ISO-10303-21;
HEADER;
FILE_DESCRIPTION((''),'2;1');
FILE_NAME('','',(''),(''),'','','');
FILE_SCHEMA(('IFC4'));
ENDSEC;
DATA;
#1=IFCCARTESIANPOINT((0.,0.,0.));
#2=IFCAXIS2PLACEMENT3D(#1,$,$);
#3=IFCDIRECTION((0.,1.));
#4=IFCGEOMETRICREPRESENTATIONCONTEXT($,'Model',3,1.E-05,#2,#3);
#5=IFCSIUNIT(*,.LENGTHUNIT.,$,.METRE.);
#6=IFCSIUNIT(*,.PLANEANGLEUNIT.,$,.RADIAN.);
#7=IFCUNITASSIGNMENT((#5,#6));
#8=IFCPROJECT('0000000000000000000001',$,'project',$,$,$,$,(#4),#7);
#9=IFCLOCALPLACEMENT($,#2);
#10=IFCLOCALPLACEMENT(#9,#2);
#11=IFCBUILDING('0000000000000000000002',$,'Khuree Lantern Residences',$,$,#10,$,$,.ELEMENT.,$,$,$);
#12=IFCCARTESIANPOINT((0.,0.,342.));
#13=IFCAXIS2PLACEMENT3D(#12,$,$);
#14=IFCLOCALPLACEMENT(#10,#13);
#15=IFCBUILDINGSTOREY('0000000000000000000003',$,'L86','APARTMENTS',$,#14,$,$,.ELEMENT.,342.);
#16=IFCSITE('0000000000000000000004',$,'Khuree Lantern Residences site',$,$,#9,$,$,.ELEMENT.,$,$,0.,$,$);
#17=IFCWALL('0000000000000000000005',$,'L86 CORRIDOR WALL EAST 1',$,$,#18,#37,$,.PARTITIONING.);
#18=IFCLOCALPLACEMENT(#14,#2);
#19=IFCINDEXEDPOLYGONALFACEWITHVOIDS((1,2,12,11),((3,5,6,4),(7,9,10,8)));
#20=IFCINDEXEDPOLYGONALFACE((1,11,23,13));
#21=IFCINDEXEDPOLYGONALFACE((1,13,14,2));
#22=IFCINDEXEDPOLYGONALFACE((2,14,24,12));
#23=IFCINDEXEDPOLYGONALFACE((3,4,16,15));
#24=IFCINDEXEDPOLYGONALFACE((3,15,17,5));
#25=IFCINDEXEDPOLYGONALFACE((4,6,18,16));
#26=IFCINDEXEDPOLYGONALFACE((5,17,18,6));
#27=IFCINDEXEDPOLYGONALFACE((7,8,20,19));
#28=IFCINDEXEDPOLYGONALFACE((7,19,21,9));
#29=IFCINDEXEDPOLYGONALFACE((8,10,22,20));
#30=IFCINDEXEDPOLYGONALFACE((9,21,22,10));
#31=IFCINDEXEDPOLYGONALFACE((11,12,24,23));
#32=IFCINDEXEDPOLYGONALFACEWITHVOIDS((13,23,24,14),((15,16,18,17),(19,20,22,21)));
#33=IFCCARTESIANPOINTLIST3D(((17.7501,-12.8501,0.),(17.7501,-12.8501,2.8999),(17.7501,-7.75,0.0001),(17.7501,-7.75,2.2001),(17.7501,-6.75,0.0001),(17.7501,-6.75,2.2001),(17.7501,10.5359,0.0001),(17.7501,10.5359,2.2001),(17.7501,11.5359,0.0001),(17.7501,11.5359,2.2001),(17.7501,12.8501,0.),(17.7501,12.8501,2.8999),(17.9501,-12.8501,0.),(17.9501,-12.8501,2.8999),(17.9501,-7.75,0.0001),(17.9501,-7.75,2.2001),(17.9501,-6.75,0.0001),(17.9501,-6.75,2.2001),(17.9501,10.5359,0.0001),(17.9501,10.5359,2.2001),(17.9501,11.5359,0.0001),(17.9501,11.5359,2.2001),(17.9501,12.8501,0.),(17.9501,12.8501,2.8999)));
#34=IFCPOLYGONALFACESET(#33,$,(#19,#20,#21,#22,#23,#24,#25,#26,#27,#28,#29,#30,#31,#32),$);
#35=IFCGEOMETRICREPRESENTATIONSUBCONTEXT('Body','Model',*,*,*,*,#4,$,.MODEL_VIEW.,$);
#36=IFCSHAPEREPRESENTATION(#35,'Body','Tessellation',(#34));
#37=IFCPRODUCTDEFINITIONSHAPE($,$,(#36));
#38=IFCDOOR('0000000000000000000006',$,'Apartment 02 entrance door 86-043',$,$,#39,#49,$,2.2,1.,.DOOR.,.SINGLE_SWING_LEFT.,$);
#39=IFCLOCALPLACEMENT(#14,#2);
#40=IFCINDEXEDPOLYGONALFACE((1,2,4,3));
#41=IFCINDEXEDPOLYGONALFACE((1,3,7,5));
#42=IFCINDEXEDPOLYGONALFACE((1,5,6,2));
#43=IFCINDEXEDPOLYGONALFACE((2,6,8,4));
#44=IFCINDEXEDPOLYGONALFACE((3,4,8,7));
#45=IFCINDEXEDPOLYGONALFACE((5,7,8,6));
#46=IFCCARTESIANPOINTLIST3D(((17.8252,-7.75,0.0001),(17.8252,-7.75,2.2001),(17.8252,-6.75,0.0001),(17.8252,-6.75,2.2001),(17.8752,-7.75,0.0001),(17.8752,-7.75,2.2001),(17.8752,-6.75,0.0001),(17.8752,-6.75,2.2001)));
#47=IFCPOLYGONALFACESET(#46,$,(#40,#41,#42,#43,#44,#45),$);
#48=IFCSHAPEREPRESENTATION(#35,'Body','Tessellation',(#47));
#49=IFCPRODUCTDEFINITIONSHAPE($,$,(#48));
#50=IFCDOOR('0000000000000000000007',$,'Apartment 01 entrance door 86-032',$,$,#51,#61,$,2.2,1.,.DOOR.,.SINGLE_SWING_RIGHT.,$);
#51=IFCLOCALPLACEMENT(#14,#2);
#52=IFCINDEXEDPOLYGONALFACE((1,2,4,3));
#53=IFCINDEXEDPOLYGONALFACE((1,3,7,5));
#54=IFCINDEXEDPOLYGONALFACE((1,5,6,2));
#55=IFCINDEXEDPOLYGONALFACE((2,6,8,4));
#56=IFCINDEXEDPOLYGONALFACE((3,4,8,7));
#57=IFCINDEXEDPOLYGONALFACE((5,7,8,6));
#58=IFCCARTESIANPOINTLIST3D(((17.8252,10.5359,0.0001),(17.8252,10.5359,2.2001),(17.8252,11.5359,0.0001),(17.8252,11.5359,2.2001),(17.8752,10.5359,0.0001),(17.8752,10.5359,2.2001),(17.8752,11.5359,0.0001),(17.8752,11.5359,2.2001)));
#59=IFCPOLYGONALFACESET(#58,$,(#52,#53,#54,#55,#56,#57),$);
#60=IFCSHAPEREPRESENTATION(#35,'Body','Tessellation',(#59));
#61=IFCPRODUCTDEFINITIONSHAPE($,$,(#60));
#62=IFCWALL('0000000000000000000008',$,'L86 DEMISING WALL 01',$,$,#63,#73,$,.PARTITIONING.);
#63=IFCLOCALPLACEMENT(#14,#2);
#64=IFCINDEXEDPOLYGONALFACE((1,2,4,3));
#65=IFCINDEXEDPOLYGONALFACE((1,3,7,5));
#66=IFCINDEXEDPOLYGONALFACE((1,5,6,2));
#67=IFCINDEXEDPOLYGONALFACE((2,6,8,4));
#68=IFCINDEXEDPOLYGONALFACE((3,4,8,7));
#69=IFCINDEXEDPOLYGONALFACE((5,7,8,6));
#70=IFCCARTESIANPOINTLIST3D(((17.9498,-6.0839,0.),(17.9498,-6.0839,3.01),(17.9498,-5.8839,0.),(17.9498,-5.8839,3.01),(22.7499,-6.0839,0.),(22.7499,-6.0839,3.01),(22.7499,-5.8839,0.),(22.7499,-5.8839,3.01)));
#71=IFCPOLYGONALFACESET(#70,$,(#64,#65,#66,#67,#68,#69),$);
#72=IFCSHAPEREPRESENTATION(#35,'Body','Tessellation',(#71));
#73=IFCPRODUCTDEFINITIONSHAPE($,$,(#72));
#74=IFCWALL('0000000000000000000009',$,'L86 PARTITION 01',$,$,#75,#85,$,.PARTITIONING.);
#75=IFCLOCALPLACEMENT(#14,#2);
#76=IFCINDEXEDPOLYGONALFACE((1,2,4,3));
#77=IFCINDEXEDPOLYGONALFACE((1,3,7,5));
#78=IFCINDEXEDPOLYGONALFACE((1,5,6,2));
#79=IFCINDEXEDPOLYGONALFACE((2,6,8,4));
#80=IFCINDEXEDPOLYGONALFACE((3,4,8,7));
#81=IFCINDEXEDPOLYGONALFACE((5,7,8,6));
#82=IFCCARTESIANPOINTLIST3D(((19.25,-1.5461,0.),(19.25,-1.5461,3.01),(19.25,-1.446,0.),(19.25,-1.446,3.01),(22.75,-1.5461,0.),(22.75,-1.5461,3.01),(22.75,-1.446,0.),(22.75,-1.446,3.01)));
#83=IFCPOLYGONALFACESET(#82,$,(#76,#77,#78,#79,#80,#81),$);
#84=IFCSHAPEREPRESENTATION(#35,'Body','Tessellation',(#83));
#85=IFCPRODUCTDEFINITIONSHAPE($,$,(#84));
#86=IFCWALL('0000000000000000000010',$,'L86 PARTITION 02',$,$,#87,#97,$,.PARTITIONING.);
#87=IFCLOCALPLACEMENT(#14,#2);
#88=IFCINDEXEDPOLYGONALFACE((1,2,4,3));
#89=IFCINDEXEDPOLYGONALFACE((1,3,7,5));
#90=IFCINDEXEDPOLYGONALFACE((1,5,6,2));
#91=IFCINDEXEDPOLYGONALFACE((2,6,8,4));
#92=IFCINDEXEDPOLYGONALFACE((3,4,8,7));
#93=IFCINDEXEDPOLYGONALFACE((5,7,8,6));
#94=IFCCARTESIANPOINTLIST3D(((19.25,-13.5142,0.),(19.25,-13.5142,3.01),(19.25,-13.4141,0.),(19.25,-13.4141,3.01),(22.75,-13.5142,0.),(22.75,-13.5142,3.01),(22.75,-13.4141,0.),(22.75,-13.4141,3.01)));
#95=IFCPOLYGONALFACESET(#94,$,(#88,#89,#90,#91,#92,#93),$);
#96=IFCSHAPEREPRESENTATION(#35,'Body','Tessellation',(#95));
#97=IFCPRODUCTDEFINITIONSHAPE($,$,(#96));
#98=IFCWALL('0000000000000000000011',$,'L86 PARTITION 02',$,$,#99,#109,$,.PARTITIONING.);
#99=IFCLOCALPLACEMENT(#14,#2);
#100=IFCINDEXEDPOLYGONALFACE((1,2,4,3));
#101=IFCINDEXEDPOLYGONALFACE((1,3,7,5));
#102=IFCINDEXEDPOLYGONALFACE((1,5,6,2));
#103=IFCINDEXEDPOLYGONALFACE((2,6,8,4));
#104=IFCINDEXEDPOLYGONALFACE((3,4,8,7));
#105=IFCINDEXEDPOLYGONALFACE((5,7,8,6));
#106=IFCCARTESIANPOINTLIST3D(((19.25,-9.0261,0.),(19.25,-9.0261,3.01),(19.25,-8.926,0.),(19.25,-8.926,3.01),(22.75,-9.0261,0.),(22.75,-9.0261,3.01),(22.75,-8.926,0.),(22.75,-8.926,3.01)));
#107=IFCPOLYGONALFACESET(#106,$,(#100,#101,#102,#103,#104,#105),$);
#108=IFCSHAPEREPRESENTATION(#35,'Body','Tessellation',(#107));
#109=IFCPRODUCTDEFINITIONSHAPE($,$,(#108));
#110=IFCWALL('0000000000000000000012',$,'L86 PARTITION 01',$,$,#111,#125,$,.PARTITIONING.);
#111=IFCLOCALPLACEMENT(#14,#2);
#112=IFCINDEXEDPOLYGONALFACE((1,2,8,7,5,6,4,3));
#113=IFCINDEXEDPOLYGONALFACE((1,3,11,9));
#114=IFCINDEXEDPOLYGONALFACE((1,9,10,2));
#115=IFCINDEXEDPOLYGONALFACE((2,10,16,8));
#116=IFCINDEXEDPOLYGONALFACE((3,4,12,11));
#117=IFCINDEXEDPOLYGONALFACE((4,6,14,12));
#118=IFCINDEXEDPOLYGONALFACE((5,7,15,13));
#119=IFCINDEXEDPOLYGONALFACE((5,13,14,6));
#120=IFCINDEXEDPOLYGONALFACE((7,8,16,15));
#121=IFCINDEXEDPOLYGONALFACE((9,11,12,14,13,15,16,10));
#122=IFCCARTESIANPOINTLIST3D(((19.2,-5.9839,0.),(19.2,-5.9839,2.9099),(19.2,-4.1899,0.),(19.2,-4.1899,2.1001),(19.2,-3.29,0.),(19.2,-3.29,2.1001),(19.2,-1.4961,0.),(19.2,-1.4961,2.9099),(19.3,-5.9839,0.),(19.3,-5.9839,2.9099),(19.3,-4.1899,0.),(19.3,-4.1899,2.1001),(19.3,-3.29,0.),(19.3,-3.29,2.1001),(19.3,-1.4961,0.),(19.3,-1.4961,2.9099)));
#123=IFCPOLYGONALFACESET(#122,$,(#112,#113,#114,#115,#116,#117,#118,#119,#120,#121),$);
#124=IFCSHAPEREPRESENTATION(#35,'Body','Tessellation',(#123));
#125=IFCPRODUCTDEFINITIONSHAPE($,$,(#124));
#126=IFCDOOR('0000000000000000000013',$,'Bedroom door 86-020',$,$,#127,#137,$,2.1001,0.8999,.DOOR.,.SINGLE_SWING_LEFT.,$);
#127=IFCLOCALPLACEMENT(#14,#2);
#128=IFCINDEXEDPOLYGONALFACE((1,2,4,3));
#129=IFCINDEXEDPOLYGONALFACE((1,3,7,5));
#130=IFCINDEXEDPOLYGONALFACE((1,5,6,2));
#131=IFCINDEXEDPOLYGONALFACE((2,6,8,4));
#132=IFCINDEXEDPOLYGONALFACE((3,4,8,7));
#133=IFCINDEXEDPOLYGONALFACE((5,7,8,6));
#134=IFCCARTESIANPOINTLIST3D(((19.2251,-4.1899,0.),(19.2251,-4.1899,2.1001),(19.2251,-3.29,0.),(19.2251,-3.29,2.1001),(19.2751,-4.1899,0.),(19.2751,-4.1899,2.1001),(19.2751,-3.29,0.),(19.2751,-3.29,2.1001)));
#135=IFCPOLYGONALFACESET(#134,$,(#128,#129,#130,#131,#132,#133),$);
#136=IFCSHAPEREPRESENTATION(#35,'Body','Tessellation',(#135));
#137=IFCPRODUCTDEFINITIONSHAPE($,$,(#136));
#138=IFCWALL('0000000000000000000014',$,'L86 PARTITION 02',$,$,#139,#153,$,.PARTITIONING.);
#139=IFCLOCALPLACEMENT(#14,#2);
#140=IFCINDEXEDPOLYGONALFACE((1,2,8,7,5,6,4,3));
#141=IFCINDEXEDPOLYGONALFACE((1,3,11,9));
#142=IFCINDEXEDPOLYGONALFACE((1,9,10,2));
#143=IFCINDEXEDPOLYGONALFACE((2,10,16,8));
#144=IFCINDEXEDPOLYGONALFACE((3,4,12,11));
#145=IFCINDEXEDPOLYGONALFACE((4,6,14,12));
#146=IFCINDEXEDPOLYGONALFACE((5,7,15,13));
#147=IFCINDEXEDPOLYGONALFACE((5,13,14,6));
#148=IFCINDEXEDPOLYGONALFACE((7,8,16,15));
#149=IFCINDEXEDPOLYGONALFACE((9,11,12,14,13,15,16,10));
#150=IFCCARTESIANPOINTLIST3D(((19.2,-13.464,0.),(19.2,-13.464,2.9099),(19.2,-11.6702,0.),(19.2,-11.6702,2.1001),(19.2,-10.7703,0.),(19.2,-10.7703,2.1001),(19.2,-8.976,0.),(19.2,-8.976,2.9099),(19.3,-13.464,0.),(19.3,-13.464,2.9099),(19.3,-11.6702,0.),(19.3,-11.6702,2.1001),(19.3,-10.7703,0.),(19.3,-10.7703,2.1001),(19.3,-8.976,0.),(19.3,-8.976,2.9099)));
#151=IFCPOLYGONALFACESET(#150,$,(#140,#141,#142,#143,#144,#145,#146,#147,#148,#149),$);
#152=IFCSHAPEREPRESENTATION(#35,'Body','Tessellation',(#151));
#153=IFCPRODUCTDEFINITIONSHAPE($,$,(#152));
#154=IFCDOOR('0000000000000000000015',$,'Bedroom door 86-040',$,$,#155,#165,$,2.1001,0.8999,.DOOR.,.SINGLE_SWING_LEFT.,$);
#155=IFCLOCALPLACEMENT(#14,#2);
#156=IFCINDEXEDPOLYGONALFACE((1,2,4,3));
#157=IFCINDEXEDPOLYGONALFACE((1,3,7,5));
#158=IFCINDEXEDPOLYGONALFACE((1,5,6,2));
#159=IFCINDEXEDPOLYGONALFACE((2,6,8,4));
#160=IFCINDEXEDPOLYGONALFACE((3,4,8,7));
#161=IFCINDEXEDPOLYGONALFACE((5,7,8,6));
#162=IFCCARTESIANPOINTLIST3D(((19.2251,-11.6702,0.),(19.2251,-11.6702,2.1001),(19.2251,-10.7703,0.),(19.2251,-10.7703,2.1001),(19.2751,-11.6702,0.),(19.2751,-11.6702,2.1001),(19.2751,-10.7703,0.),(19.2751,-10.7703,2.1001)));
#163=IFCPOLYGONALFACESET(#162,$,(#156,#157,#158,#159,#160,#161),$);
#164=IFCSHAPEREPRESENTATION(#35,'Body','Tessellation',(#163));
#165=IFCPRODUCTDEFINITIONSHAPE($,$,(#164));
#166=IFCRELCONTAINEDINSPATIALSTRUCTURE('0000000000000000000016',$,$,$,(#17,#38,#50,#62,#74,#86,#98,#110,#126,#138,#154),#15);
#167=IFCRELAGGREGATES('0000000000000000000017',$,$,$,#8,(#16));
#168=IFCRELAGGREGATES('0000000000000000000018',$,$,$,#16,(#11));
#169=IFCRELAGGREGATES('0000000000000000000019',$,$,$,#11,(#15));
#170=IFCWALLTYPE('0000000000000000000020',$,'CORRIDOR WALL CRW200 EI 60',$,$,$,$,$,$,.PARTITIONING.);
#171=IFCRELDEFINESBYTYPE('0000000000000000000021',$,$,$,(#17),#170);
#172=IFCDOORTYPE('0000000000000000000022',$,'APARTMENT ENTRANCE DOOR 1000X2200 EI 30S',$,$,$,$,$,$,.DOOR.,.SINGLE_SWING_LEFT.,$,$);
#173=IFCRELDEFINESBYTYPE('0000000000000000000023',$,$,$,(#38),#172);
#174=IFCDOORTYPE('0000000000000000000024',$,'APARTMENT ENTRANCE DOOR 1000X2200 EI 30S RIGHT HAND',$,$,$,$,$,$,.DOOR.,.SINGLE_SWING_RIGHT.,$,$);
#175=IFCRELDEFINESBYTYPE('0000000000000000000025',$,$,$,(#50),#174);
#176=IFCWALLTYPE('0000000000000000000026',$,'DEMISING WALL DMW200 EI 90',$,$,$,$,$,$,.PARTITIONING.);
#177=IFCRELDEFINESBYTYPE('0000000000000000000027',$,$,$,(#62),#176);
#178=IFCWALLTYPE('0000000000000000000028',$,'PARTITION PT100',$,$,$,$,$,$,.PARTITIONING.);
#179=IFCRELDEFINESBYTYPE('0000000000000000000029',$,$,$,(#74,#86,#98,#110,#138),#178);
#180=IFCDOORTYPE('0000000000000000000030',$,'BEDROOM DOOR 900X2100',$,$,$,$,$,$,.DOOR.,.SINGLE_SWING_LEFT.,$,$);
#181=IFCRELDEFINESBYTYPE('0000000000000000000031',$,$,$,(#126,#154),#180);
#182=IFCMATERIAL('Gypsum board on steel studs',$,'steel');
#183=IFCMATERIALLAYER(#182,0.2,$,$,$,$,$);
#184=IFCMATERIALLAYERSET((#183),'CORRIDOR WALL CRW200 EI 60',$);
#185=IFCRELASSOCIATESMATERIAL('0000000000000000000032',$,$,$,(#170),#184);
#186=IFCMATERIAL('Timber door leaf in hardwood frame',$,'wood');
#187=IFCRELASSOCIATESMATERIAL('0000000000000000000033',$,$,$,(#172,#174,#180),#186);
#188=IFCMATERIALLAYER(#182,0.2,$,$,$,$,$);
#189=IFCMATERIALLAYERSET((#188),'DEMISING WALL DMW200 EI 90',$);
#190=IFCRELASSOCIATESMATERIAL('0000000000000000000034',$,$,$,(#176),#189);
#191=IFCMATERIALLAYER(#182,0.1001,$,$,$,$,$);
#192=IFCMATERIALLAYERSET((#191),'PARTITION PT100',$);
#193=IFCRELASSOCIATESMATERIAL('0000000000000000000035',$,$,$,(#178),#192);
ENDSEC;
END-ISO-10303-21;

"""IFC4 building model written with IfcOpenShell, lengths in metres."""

from ifc_helpers import new_model, si_unit, direction, frame, frame_2d, origin, place, context, subcontext, project, spatial, rectangle, extrude, material, layer, layer_set, type_object, element, fill, save


model = new_model("IFC4")

# Units and contexts
model_context = context("Model", 3, precision=1e-05, world=origin(), true_north=direction((0.0, 1.0)))
body_context = subcontext(model_context, "Body", "Model", "MODEL_VIEW")
ifc_project = project(units=[si_unit("LENGTHUNIT", "METRE"), si_unit("PLANEANGLEUNIT", "RADIAN")], contexts=[model_context])

# Site, building, storey
site_placement = place(None, origin())
site = spatial("IfcSite", under=ifc_project, at=site_placement, Name="Khuree Lantern Residences site", CompositionType="ELEMENT", RefElevation=0.0)
building_placement = place(site_placement, origin())
building = spatial("IfcBuilding", under=site, at=building_placement, Name="Khuree Lantern Residences", CompositionType="ELEMENT")
storey_placement = place(building_placement, frame((0.0, 0.0, 342.0)))
storey = spatial("IfcBuildingStorey", under=building, at=storey_placement, Name="L86", Description="APARTMENTS", CompositionType="ELEMENT", Elevation=342.0)

# Shared definitions
ifc_material_1 = material(Name="Gypsum board on steel studs", Category="steel")
ifc_layer_1 = layer(ifc_material_1, 0.2)
ifc_layer_set_1 = layer_set([ifc_layer_1], Name="CORRIDOR WALL CRW200 EI 60")
wall_type_1 = type_object("IfcWallType", Name="CORRIDOR WALL CRW200 EI 60", PredefinedType="PARTITIONING", material=ifc_layer_set_1)

# Wall, openings, doors
wall_1_placement = place(storey_placement, frame((17.8501, -12.8501, 0.0), z_axis=(0.0, 0.0, 1.0), x_axis=(0.0, 1.0, 0.0)))
wall_1 = element("IfcWall", 1, at=wall_1_placement, inside=storey, type_object=wall_type_1, Name="L86 CORRIDOR WALL EAST 1", PredefinedType="PARTITIONING", context=body_context, shape_type="SweptSolid", body=[
    extrude(rectangle(XDim=25.7002, YDim=0.2, at=frame_2d((12.8501, 0.0))), origin(), (0.0, 0.0, 1.0), 2.8999),
])
opening_1_placement = place(wall_1_placement, frame((23.386, 0.0, 0.0)))
opening_1 = element("IfcOpeningElement", 2, at=opening_1_placement, cuts=wall_1, PredefinedType="OPENING", context=body_context, shape_type="SweptSolid", body=[
    extrude(rectangle(XDim=1.0, YDim=2.2, at=frame_2d((0.5, 1.1001))), frame((0.0, 0.1099, 0.0), z_axis=(0.0, -1.0, 0.0), x_axis=(1.0, 0.0, 0.0)), (0.0, 0.0, 1.0), 0.22),
])
opening_2_placement = place(wall_1_placement, frame((5.1001, 0.0, 0.0)))
opening_2 = element("IfcOpeningElement", 3, at=opening_2_placement, cuts=wall_1, PredefinedType="OPENING", context=body_context, shape_type="SweptSolid", body=[
    extrude(rectangle(XDim=1.0, YDim=2.2, at=frame_2d((0.5, 1.1001))), frame((0.0, 0.1099, 0.0), z_axis=(0.0, -1.0, 0.0), x_axis=(1.0, 0.0, 0.0)), (0.0, 0.0, 1.0), 0.22),
])
ifc_material_2 = material(Name="Timber door leaf in hardwood frame", Category="wood")
door_type_1 = type_object("IfcDoorType", Name="APARTMENT ENTRANCE DOOR 1000X2200 EI 30S", OperationType="SINGLE_SWING_LEFT", PredefinedType="DOOR", material=ifc_material_2)
door_1_placement = place(opening_2_placement, origin())
door_1 = element("IfcDoor", 4, at=door_1_placement, inside=storey, type_object=door_type_1, Name="Apartment 02 entrance door 86-043", OperationType="SINGLE_SWING_LEFT", OverallHeight=2.2, OverallWidth=1.0, PredefinedType="DOOR", context=body_context, shape_type="SweptSolid", body=[
    extrude(rectangle(XDim=1.0, YDim=2.2, at=frame_2d((0.5, 1.1001))), frame((0.0, 0.0249, 0.0), z_axis=(0.0, -1.0, 0.0), x_axis=(1.0, 0.0, 0.0)), (0.0, 0.0, 1.0), 0.05),
])
fill(opening_2, door_1)
door_type_2 = type_object("IfcDoorType", Name="APARTMENT ENTRANCE DOOR 1000X2200 EI 30S RIGHT HAND", OperationType="SINGLE_SWING_RIGHT", PredefinedType="DOOR", material=ifc_material_2)
door_2_placement = place(opening_1_placement, origin())
door_2 = element("IfcDoor", 5, at=door_2_placement, inside=storey, type_object=door_type_2, Name="Apartment 01 entrance door 86-032", OperationType="SINGLE_SWING_RIGHT", OverallHeight=2.2, OverallWidth=1.0, PredefinedType="DOOR", context=body_context, shape_type="SweptSolid", body=[
    extrude(rectangle(XDim=1.0, YDim=2.2, at=frame_2d((0.5, 1.1001))), frame((0.0, 0.0249, 0.0), z_axis=(0.0, -1.0, 0.0), x_axis=(1.0, 0.0, 0.0)), (0.0, 0.0, 1.0), 0.05),
])
fill(opening_1, door_2)

# Walls
ifc_layer_2 = layer(ifc_material_1, 0.2)
ifc_layer_set_2 = layer_set([ifc_layer_2], Name="DEMISING WALL DMW200 EI 90")
wall_type_2 = type_object("IfcWallType", Name="DEMISING WALL DMW200 EI 90", PredefinedType="PARTITIONING", material=ifc_layer_set_2)
wall_2_placement = place(storey_placement, frame((17.95, -5.9839, 0.0), z_axis=(0.0, 0.0, 1.0), x_axis=(1.0, 0.0, 0.0)))
element("IfcWall", 6, at=wall_2_placement, inside=storey, type_object=wall_type_2, Name="L86 DEMISING WALL 01", PredefinedType="PARTITIONING", context=body_context, shape_type="SweptSolid", body=[
    extrude(rectangle(XDim=4.8, YDim=0.2, at=frame_2d((2.3999, 0.0))), origin(), (0.0, 0.0, 1.0), 3.01),
])
ifc_layer_3 = layer(ifc_material_1, 0.1001)
ifc_layer_set_3 = layer_set([ifc_layer_3], Name="PARTITION PT100")
wall_type_3 = type_object("IfcWallType", Name="PARTITION PT100", PredefinedType="PARTITIONING", material=ifc_layer_set_3)
for number, where, z_axis, x_axis, name in (
    (7, (19.25, -1.4961, 0.0), (0.0, 0.0, 1.0), (1.0, 0.0, 0.0), "L86 PARTITION 01"),
    (8, (19.25, -13.4641, 0.0), (0.0, 0.0, 1.0), (1.0, 0.0, 0.0), "L86 PARTITION 02"),
    (9, (19.25, -8.9761, 0.0), (0.0, 0.0, 1.0), (1.0, 0.0, 0.0), "L86 PARTITION 02"),
):
    element("IfcWall", number, at=place(storey_placement, frame(where, z_axis=z_axis, x_axis=x_axis)), inside=storey, type_object=wall_type_3, Name=name, PredefinedType="PARTITIONING", context=body_context, shape_type="SweptSolid", body=[
        extrude(rectangle(XDim=3.5, YDim=0.1001, at=frame_2d((1.75, 0.0))), origin(), (0.0, 0.0, 1.0), 3.01),
    ])

# Walls, openings, doors
wall_3_placement = place(storey_placement, frame((19.25, -5.9839, 0.0), z_axis=(0.0, 0.0, 1.0), x_axis=(0.0, 1.0, 0.0)))
wall_3 = element("IfcWall", 10, at=wall_3_placement, inside=storey, type_object=wall_type_3, Name="L86 PARTITION 01", PredefinedType="PARTITIONING", context=body_context, shape_type="SweptSolid", body=[
    extrude(rectangle(XDim=4.4878, YDim=0.1001, at=frame_2d((2.2439, 0.0))), origin(), (0.0, 0.0, 1.0), 2.9099),
])
opening_3_placement = place(wall_3_placement, frame((1.7939, 0.0, 0.0)))
opening_3 = element("IfcOpeningElement", 11, at=opening_3_placement, cuts=wall_3, PredefinedType="OPENING", context=body_context, shape_type="SweptSolid", body=[
    extrude(rectangle(XDim=0.8999, YDim=2.1001, at=frame_2d((0.45, 1.05))), frame((0.0, 0.0601, 0.0), z_axis=(0.0, -1.0, 0.0), x_axis=(1.0, 0.0, 0.0)), (0.0, 0.0, 1.0), 0.1201),
])
door_type_3 = type_object("IfcDoorType", Name="BEDROOM DOOR 900X2100", OperationType="SINGLE_SWING_LEFT", PredefinedType="DOOR", material=ifc_material_2)
door_3_placement = place(opening_3_placement, origin())
door_3 = element("IfcDoor", 12, at=door_3_placement, inside=storey, type_object=door_type_3, Name="Bedroom door 86-020", OperationType="SINGLE_SWING_LEFT", OverallHeight=2.1001, OverallWidth=0.8999, PredefinedType="DOOR", context=body_context, shape_type="SweptSolid", body=[
    extrude(rectangle(XDim=0.8999, YDim=2.1001, at=frame_2d((0.45, 1.05))), frame((0.0, 0.0249, 0.0), z_axis=(0.0, -1.0, 0.0), x_axis=(1.0, 0.0, 0.0)), (0.0, 0.0, 1.0), 0.05),
])
fill(opening_3, door_3)
wall_4_placement = place(storey_placement, frame((19.25, -13.4641, 0.0), z_axis=(0.0, 0.0, 1.0), x_axis=(0.0, 1.0, 0.0)))
wall_4 = element("IfcWall", 13, at=wall_4_placement, inside=storey, type_object=wall_type_3, Name="L86 PARTITION 02", PredefinedType="PARTITIONING", context=body_context, shape_type="SweptSolid", body=[
    extrude(rectangle(XDim=4.488, YDim=0.1001, at=frame_2d((2.2441, 0.0))), origin(), (0.0, 0.0, 1.0), 2.9099),
])
opening_4_placement = place(wall_4_placement, frame((1.7939, 0.0, 0.0)))
opening_4 = element("IfcOpeningElement", 14, at=opening_4_placement, cuts=wall_4, PredefinedType="OPENING", context=body_context, shape_type="SweptSolid", body=[
    extrude(rectangle(XDim=0.8999, YDim=2.1001, at=frame_2d((0.45, 1.05))), frame((0.0, 0.0601, 0.0), z_axis=(0.0, -1.0, 0.0), x_axis=(1.0, 0.0, 0.0)), (0.0, 0.0, 1.0), 0.1201),
])
door_4_placement = place(opening_4_placement, origin())
door_4 = element("IfcDoor", 15, at=door_4_placement, inside=storey, type_object=door_type_3, Name="Bedroom door 86-040", OperationType="SINGLE_SWING_LEFT", OverallHeight=2.1001, OverallWidth=0.8999, PredefinedType="DOOR", context=body_context, shape_type="SweptSolid", body=[
    extrude(rectangle(XDim=0.8999, YDim=2.1001, at=frame_2d((0.45, 1.05))), frame((0.0, 0.0249, 0.0), z_axis=(0.0, -1.0, 0.0), x_axis=(1.0, 0.0, 0.0)), (0.0, 0.0, 1.0), 0.05),
])
fill(opening_4, door_4)

save(model, "model.ifc")
